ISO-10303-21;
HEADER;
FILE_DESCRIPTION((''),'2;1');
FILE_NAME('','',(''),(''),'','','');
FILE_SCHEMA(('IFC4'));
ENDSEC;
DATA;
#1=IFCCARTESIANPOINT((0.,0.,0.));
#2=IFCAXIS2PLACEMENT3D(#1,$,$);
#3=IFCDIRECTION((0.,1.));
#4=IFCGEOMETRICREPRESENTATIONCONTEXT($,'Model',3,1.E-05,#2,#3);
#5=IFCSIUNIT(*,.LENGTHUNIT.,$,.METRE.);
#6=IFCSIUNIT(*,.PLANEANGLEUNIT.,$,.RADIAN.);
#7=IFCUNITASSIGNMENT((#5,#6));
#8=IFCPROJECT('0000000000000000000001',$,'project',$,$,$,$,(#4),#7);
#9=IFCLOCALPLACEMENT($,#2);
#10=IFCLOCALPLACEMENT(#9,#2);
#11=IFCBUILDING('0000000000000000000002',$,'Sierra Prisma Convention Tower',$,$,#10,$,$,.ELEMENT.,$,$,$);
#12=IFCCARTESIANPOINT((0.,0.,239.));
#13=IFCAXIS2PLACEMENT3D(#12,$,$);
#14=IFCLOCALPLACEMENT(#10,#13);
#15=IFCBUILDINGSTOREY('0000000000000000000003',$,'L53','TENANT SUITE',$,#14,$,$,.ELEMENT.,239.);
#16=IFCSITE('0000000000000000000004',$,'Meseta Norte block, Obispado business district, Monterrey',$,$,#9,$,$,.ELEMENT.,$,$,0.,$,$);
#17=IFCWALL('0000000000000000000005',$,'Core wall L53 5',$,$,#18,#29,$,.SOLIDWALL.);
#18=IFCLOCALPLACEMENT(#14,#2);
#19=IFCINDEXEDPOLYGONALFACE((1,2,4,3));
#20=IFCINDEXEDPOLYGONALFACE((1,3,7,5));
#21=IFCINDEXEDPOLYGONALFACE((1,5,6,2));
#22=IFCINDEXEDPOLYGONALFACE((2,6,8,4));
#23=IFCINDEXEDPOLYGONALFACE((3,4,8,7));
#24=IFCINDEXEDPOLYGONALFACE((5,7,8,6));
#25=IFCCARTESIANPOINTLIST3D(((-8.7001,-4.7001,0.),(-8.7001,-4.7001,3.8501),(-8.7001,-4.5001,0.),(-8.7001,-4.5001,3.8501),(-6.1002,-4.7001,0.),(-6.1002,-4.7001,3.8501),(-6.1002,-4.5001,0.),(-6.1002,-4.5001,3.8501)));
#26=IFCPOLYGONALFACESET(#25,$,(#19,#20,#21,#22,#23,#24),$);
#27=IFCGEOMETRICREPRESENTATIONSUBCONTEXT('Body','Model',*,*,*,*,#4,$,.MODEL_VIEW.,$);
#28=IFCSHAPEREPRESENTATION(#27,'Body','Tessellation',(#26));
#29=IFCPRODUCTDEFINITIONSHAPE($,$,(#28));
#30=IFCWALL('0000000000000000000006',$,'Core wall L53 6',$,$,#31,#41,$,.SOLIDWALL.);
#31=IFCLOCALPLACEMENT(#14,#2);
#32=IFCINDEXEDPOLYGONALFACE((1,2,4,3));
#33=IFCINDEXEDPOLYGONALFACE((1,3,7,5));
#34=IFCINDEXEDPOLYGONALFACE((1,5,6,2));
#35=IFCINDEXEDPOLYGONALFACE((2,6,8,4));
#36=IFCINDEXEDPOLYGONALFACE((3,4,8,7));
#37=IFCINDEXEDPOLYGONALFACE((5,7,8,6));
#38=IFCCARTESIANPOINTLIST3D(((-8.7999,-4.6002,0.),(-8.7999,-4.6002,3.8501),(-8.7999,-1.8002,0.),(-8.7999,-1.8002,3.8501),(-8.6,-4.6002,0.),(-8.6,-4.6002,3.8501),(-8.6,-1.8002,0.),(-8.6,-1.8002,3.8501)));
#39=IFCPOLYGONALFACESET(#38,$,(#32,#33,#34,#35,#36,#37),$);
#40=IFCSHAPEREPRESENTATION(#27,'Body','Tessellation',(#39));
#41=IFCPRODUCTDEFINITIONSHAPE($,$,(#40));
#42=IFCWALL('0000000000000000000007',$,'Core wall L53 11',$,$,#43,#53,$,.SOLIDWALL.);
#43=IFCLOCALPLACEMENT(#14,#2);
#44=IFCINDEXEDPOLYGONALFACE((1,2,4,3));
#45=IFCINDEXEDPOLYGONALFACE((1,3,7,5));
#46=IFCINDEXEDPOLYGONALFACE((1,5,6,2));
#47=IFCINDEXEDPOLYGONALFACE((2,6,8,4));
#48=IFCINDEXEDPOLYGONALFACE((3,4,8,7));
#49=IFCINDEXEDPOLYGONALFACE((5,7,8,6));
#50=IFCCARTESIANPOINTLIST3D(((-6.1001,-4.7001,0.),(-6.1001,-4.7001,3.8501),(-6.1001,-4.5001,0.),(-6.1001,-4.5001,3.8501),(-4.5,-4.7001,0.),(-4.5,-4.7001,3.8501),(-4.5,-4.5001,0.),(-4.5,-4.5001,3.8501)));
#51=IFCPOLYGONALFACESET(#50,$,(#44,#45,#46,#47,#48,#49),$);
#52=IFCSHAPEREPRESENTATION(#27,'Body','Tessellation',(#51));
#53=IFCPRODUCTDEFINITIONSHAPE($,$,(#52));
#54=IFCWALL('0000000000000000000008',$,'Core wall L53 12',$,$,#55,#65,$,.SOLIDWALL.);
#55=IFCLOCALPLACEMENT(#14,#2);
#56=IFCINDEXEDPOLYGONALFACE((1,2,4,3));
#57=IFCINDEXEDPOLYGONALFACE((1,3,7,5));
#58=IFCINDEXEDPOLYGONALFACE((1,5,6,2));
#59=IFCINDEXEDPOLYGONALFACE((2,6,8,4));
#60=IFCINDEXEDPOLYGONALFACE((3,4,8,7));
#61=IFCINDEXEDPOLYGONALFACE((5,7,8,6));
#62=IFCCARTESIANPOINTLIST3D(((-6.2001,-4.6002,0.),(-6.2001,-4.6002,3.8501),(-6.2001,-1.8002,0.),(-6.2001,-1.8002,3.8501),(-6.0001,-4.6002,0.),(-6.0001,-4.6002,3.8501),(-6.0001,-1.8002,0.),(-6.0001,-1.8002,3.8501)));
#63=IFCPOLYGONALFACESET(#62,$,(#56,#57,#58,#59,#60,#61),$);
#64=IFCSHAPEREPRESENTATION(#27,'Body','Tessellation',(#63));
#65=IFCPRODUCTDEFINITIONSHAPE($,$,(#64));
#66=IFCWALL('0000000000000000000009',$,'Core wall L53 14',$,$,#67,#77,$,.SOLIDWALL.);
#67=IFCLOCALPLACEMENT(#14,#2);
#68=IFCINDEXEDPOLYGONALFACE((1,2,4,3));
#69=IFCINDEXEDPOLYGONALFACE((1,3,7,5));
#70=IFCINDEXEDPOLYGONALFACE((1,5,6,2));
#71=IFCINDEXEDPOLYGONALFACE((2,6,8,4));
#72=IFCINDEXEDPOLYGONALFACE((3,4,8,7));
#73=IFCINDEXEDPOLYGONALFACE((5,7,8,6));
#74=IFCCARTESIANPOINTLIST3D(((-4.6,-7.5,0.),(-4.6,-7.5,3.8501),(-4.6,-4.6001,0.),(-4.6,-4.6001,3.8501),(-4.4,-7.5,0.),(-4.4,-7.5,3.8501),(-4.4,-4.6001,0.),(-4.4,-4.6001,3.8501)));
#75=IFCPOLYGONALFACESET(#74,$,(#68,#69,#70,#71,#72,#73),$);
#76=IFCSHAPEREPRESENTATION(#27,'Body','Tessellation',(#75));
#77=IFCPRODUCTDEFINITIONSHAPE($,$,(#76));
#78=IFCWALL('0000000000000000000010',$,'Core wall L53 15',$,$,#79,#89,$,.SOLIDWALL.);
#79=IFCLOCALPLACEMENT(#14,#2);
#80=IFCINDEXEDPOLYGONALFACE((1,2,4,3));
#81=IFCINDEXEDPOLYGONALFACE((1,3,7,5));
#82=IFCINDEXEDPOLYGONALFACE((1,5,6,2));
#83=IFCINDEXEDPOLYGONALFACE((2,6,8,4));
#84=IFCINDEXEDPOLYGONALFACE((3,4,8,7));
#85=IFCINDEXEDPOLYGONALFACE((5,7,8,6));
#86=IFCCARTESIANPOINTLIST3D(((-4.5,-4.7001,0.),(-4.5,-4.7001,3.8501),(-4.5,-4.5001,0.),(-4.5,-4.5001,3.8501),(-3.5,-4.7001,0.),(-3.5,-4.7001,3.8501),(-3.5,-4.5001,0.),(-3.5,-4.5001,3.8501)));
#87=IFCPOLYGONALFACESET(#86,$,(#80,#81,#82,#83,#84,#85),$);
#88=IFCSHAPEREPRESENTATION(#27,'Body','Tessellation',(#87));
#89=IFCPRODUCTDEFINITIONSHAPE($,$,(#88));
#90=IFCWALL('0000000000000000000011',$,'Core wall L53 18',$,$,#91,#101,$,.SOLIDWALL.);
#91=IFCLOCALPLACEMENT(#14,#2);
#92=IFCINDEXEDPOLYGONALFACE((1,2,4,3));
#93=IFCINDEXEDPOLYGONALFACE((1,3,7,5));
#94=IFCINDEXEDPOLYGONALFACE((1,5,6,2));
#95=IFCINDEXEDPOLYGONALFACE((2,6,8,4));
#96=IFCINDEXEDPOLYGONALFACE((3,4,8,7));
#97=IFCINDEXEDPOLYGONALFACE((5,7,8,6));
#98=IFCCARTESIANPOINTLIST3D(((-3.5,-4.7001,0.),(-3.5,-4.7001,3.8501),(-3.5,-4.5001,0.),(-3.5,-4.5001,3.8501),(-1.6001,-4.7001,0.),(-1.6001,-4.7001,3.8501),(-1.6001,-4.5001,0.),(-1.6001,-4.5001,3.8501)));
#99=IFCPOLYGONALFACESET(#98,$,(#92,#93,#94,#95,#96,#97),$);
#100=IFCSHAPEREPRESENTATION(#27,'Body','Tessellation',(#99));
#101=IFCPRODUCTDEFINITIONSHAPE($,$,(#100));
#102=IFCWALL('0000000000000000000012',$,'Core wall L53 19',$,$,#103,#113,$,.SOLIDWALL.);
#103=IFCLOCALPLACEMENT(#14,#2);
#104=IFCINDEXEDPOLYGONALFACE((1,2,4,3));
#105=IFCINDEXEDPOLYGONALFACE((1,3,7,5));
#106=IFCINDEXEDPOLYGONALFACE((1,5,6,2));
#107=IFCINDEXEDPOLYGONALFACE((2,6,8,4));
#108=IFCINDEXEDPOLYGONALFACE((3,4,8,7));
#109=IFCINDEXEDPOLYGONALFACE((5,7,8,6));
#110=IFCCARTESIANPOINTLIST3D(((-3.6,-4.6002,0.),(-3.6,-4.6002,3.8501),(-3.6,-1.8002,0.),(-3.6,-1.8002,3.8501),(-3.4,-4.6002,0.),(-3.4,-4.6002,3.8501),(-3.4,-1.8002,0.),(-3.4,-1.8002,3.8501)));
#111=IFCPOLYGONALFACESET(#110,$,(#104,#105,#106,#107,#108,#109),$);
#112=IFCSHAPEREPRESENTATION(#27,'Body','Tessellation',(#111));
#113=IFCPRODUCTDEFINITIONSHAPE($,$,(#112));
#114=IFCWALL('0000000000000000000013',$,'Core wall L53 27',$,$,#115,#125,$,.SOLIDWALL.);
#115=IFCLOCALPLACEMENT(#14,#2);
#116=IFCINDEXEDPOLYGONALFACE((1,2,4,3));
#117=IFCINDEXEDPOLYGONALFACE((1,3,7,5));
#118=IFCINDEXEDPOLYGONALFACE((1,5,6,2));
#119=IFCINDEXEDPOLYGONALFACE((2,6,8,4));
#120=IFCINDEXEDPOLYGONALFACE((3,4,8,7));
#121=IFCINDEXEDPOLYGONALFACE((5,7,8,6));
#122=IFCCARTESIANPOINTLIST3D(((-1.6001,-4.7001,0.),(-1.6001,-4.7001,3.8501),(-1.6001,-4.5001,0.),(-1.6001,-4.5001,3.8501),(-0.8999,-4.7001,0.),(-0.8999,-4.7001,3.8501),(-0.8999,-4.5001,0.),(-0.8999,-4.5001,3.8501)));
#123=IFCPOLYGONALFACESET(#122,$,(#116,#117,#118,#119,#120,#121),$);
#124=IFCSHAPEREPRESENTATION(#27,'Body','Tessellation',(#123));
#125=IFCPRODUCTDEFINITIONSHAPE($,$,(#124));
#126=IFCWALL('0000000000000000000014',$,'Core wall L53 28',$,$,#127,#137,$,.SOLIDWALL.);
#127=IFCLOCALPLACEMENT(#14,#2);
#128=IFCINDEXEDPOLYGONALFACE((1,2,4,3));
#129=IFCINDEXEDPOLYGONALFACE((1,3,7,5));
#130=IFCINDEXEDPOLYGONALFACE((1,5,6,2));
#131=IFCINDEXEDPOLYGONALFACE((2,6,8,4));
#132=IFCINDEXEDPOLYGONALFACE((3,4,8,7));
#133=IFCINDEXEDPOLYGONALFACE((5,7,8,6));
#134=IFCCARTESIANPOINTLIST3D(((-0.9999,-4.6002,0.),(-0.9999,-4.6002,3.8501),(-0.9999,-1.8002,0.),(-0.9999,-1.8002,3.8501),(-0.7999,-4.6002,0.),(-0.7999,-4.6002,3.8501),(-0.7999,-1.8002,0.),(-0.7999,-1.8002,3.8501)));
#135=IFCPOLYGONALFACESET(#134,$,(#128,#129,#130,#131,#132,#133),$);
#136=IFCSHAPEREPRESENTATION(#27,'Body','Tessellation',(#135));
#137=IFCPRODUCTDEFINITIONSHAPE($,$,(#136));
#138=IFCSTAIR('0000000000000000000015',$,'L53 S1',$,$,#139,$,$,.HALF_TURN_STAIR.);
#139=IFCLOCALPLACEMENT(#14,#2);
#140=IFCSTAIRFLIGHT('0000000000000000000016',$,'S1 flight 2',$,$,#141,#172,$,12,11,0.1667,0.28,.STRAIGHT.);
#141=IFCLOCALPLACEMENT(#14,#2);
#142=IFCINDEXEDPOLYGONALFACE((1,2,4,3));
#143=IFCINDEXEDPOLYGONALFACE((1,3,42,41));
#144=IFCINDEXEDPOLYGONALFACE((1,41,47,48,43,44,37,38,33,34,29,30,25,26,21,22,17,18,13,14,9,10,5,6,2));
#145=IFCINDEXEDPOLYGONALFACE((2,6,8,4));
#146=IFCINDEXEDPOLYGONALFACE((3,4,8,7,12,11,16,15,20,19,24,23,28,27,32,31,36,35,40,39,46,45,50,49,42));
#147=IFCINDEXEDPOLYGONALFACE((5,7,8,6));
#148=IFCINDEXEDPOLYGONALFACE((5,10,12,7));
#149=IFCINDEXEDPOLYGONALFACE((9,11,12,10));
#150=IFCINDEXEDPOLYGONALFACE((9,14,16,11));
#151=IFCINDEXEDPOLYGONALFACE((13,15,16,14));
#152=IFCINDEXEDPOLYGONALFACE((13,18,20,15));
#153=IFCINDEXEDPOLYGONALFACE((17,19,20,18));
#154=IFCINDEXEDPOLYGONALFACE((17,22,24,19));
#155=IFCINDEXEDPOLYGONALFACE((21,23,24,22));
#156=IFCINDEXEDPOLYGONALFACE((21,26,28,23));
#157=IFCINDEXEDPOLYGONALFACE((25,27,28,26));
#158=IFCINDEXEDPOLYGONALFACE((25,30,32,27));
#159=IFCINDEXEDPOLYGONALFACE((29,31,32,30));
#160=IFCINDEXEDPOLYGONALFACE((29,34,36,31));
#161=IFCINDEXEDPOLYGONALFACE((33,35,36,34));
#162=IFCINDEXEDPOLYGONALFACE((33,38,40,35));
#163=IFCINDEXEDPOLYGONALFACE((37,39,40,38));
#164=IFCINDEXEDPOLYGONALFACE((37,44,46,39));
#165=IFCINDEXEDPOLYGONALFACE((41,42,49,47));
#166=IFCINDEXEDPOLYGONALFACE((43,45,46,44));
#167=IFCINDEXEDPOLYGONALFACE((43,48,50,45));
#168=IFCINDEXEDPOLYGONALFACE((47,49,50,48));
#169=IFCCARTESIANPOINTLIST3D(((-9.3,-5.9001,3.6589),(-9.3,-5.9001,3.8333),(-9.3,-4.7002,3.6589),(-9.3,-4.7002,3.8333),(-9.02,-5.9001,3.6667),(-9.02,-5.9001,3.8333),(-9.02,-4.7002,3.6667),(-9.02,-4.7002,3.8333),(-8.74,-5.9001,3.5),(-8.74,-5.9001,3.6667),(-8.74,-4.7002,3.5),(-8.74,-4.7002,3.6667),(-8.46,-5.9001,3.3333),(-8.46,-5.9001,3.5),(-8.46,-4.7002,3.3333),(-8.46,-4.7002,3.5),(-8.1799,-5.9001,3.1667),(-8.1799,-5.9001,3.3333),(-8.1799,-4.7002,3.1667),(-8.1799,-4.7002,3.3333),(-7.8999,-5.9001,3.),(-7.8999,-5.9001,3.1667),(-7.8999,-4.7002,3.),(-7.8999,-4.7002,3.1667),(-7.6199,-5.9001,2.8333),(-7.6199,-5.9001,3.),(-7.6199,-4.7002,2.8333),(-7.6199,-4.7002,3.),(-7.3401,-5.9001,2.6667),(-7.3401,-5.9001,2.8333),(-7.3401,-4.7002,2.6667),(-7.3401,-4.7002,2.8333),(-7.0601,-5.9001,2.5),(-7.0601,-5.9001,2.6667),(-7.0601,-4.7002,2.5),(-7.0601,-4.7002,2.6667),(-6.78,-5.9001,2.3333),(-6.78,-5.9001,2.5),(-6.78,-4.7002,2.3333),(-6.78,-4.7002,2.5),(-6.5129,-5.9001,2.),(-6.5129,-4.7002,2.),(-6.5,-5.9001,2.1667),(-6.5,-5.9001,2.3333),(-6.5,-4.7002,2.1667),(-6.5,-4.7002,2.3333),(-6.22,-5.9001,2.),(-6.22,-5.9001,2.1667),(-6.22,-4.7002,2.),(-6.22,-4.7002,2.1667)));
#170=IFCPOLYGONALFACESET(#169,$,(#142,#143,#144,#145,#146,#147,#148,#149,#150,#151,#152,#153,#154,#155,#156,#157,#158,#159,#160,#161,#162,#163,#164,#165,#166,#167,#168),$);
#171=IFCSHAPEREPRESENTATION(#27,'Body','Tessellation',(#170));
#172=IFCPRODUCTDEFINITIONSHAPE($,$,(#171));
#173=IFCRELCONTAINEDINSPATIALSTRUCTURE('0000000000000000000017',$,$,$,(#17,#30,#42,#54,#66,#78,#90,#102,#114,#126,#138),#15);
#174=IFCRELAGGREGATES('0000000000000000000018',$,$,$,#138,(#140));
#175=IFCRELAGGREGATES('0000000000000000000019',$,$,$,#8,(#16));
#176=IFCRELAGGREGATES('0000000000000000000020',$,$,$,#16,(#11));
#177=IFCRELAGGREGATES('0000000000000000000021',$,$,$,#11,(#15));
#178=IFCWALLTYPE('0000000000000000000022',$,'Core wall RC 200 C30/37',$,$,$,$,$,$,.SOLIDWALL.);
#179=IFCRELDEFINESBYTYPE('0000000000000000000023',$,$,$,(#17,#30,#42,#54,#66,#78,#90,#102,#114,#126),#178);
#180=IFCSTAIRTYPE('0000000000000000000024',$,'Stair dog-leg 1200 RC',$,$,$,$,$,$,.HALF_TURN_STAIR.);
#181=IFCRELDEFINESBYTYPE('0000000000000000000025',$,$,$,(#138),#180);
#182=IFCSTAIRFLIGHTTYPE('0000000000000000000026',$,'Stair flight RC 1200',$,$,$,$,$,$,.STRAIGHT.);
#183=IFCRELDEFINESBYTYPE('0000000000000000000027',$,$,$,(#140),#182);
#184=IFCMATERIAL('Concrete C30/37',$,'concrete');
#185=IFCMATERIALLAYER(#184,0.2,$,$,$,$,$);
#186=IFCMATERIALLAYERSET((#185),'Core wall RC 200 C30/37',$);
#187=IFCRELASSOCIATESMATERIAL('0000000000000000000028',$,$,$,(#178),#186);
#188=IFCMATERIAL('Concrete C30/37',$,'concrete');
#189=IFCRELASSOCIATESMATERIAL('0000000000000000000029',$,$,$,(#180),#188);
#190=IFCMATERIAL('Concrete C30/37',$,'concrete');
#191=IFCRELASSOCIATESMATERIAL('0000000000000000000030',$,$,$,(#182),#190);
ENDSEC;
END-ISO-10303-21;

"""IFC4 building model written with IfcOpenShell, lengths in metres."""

from ifc_helpers import new_model, si_unit, direction, frame, frame_2d, origin, place, context, subcontext, project, spatial, polyline, rectangle, outline, extrude, material, layer, layer_set, type_object, element, aggregate, save


model = new_model("IFC4")

# Units and contexts
model_context = context("Model", 3, precision=1e-05, world=origin(), true_north=direction((0.0, 1.0)))
body_context = subcontext(model_context, "Body", "Model", "MODEL_VIEW")
ifc_project = project(units=[si_unit("LENGTHUNIT", "METRE"), si_unit("PLANEANGLEUNIT", "RADIAN")], contexts=[model_context])

# Site, building, storey
site_placement = place(None, origin())
site = spatial("IfcSite", under=ifc_project, at=site_placement, Name="Meseta Norte block, Obispado business district, Monterrey", CompositionType="ELEMENT", RefElevation=0.0)
building_placement = place(site_placement, origin())
building = spatial("IfcBuilding", under=site, at=building_placement, Name="Sierra Prisma Convention Tower", CompositionType="ELEMENT")
storey_placement = place(building_placement, frame((0.0, 0.0, 239.0)))
storey = spatial("IfcBuildingStorey", under=building, at=storey_placement, Name="L53", Description="TENANT SUITE", CompositionType="ELEMENT", Elevation=239.0)

# Shared definitions
ifc_material_1 = material(Name="Concrete C30/37", Category="concrete")
ifc_layer = layer(ifc_material_1, 0.2)
ifc_layer_set = layer_set([ifc_layer], Name="Core wall RC 200 C30/37")
wall_type = type_object("IfcWallType", Name="Core wall RC 200 C30/37", PredefinedType="SOLIDWALL", material=ifc_layer_set)

# Walls
wall_1_placement = place(storey_placement, frame((-8.7, -4.6001, 0.0), z_axis=(0.0, 0.0, 1.0), x_axis=(1.0, 0.0, 0.0)))
element("IfcWall", 1, at=wall_1_placement, inside=storey, type_object=wall_type, Name="Core wall L53 5", PredefinedType="SOLIDWALL", context=body_context, shape_type="SweptSolid", body=[
    extrude(rectangle(XDim=2.5999, YDim=0.2, at=frame_2d((1.2998, 0.0))), origin(), (0.0, 0.0, 1.0), 3.8501),
])
wall_2_placement = place(storey_placement, frame((-8.7, -4.6001, 0.0), z_axis=(0.0, 0.0, 1.0), x_axis=(0.0, 1.0, 0.0)))
element("IfcWall", 2, at=wall_2_placement, inside=storey, type_object=wall_type, Name="Core wall L53 6", PredefinedType="SOLIDWALL", context=body_context, shape_type="SweptSolid", body=[
    extrude(rectangle(XDim=2.8, YDim=0.2, at=frame_2d((1.3999, 0.0))), origin(), (0.0, 0.0, 1.0), 3.8501),
])
wall_3_placement = place(storey_placement, frame((-6.1001, -4.6001, 0.0), z_axis=(0.0, 0.0, 1.0), x_axis=(1.0, 0.0, 0.0)))
element("IfcWall", 3, at=wall_3_placement, inside=storey, type_object=wall_type, Name="Core wall L53 11", PredefinedType="SOLIDWALL", context=body_context, shape_type="SweptSolid", body=[
    extrude(rectangle(XDim=1.6001, YDim=0.2, at=frame_2d((0.8, 0.0))), origin(), (0.0, 0.0, 1.0), 3.8501),
])
wall_4_placement = place(storey_placement, frame((-6.1001, -4.6001, 0.0), z_axis=(0.0, 0.0, 1.0), x_axis=(0.0, 1.0, 0.0)))
element("IfcWall", 4, at=wall_4_placement, inside=storey, type_object=wall_type, Name="Core wall L53 12", PredefinedType="SOLIDWALL", context=body_context, shape_type="SweptSolid", body=[
    extrude(rectangle(XDim=2.8, YDim=0.2, at=frame_2d((1.3999, 0.0))), origin(), (0.0, 0.0, 1.0), 3.8501),
])
wall_5_placement = place(storey_placement, frame((-4.5, -4.6001, 0.0), z_axis=(0.0, 0.0, 1.0), x_axis=(0.0, -1.0, 0.0)))
element("IfcWall", 5, at=wall_5_placement, inside=storey, type_object=wall_type, Name="Core wall L53 14", PredefinedType="SOLIDWALL", context=body_context, shape_type="SweptSolid", body=[
    extrude(rectangle(XDim=2.8999, YDim=0.2, at=frame_2d((1.45, 0.0))), origin(), (0.0, 0.0, 1.0), 3.8501),
])
wall_6_placement = place(storey_placement, frame((-4.5, -4.6001, 0.0), z_axis=(0.0, 0.0, 1.0), x_axis=(1.0, 0.0, 0.0)))
element("IfcWall", 6, at=wall_6_placement, inside=storey, type_object=wall_type, Name="Core wall L53 15", PredefinedType="SOLIDWALL", context=body_context, shape_type="SweptSolid", body=[
    extrude(rectangle(XDim=1.0, YDim=0.2, at=frame_2d((0.5, 0.0))), origin(), (0.0, 0.0, 1.0), 3.8501),
])
wall_7_placement = place(storey_placement, frame((-3.5, -4.6001, 0.0), z_axis=(0.0, 0.0, 1.0), x_axis=(1.0, 0.0, 0.0)))
element("IfcWall", 7, at=wall_7_placement, inside=storey, type_object=wall_type, Name="Core wall L53 18", PredefinedType="SOLIDWALL", context=body_context, shape_type="SweptSolid", body=[
    extrude(rectangle(XDim=1.8999, YDim=0.2, at=frame_2d((0.95, 0.0))), origin(), (0.0, 0.0, 1.0), 3.8501),
])
wall_8_placement = place(storey_placement, frame((-3.5, -4.6001, 0.0), z_axis=(0.0, 0.0, 1.0), x_axis=(0.0, 1.0, 0.0)))
element("IfcWall", 8, at=wall_8_placement, inside=storey, type_object=wall_type, Name="Core wall L53 19", PredefinedType="SOLIDWALL", context=body_context, shape_type="SweptSolid", body=[
    extrude(rectangle(XDim=2.8, YDim=0.2, at=frame_2d((1.3999, 0.0))), origin(), (0.0, 0.0, 1.0), 3.8501),
])
wall_9_placement = place(storey_placement, frame((-1.6001, -4.6001, 0.0), z_axis=(0.0, 0.0, 1.0), x_axis=(1.0, 0.0, 0.0)))
element("IfcWall", 9, at=wall_9_placement, inside=storey, type_object=wall_type, Name="Core wall L53 27", PredefinedType="SOLIDWALL", context=body_context, shape_type="SweptSolid", body=[
    extrude(rectangle(XDim=0.7002, YDim=0.2, at=frame_2d((0.3501, 0.0))), origin(), (0.0, 0.0, 1.0), 3.8501),
])
wall_10_placement = place(storey_placement, frame((-0.8999, -4.6001, 0.0), z_axis=(0.0, 0.0, 1.0), x_axis=(0.0, 1.0, 0.0)))
element("IfcWall", 10, at=wall_10_placement, inside=storey, type_object=wall_type, Name="Core wall L53 28", PredefinedType="SOLIDWALL", context=body_context, shape_type="SweptSolid", body=[
    extrude(rectangle(XDim=2.8, YDim=0.2, at=frame_2d((1.3999, 0.0))), origin(), (0.0, 0.0, 1.0), 3.8501),
])

# Stair, stair flight
ifc_material_2 = material(Name="Concrete C30/37", Category="concrete")
stair_type = type_object("IfcStairType", Name="Stair dog-leg 1200 RC", PredefinedType="HALF_TURN_STAIR", material=ifc_material_2)
stair_placement = place(storey_placement, origin())
stair = element("IfcStair", 11, at=stair_placement, inside=storey, type_object=stair_type, Name="L53 S1", PredefinedType="HALF_TURN_STAIR")
ifc_material_3 = material(Name="Concrete C30/37", Category="concrete")
stair_flight_type = type_object("IfcStairFlightType", Name="Stair flight RC 1200", PredefinedType="STRAIGHT", material=ifc_material_3)
stair_flight_placement = place(storey_placement, frame((-6.22, -5.3, 2.0), z_axis=(0.0, 0.0, 1.0), x_axis=(-1.0, 0.0, 0.0)))
stair_flight = element("IfcStairFlight", 12, at=stair_flight_placement, type_object=stair_flight_type, Name="S1 flight 2", NumberOfRisers=12, NumberOfTreads=11, PredefinedType="STRAIGHT", RiserHeight=0.1667, TreadLength=0.28, context=body_context, shape_type="SweptSolid", body=[
    extrude(outline(polyline([(0.0, 0.0), (0.0, 0.1667), (0.28, 0.1667), (0.28, 0.3333), (0.5601, 0.3333), (0.5601, 0.5), (0.8401, 0.5), (0.8401, 0.6667), (1.1201, 0.6667), (1.1201, 0.8333), (1.3999, 0.8333), (1.3999, 1.0), (1.6799, 1.0), (1.6799, 1.1667), (1.96, 1.1667), (1.96, 1.3333), (2.24, 1.3333), (2.24, 1.5), (2.52, 1.5), (2.52, 1.6667), (2.8, 1.6667), (2.8, 1.8333), (3.0801, 1.8333), (3.0801, 2.0), (3.0801, 1.6589), (0.293, 0.0), (0.0, 0.0)])), frame((0.0, 0.6001, 0.0), z_axis=(0.0, -1.0, 0.0), x_axis=(1.0, 0.0, 0.0)), (0.0, 0.0, 1.0), 1.2),
])
aggregate(stair, [stair_flight])

save(model, "model.ifc")
